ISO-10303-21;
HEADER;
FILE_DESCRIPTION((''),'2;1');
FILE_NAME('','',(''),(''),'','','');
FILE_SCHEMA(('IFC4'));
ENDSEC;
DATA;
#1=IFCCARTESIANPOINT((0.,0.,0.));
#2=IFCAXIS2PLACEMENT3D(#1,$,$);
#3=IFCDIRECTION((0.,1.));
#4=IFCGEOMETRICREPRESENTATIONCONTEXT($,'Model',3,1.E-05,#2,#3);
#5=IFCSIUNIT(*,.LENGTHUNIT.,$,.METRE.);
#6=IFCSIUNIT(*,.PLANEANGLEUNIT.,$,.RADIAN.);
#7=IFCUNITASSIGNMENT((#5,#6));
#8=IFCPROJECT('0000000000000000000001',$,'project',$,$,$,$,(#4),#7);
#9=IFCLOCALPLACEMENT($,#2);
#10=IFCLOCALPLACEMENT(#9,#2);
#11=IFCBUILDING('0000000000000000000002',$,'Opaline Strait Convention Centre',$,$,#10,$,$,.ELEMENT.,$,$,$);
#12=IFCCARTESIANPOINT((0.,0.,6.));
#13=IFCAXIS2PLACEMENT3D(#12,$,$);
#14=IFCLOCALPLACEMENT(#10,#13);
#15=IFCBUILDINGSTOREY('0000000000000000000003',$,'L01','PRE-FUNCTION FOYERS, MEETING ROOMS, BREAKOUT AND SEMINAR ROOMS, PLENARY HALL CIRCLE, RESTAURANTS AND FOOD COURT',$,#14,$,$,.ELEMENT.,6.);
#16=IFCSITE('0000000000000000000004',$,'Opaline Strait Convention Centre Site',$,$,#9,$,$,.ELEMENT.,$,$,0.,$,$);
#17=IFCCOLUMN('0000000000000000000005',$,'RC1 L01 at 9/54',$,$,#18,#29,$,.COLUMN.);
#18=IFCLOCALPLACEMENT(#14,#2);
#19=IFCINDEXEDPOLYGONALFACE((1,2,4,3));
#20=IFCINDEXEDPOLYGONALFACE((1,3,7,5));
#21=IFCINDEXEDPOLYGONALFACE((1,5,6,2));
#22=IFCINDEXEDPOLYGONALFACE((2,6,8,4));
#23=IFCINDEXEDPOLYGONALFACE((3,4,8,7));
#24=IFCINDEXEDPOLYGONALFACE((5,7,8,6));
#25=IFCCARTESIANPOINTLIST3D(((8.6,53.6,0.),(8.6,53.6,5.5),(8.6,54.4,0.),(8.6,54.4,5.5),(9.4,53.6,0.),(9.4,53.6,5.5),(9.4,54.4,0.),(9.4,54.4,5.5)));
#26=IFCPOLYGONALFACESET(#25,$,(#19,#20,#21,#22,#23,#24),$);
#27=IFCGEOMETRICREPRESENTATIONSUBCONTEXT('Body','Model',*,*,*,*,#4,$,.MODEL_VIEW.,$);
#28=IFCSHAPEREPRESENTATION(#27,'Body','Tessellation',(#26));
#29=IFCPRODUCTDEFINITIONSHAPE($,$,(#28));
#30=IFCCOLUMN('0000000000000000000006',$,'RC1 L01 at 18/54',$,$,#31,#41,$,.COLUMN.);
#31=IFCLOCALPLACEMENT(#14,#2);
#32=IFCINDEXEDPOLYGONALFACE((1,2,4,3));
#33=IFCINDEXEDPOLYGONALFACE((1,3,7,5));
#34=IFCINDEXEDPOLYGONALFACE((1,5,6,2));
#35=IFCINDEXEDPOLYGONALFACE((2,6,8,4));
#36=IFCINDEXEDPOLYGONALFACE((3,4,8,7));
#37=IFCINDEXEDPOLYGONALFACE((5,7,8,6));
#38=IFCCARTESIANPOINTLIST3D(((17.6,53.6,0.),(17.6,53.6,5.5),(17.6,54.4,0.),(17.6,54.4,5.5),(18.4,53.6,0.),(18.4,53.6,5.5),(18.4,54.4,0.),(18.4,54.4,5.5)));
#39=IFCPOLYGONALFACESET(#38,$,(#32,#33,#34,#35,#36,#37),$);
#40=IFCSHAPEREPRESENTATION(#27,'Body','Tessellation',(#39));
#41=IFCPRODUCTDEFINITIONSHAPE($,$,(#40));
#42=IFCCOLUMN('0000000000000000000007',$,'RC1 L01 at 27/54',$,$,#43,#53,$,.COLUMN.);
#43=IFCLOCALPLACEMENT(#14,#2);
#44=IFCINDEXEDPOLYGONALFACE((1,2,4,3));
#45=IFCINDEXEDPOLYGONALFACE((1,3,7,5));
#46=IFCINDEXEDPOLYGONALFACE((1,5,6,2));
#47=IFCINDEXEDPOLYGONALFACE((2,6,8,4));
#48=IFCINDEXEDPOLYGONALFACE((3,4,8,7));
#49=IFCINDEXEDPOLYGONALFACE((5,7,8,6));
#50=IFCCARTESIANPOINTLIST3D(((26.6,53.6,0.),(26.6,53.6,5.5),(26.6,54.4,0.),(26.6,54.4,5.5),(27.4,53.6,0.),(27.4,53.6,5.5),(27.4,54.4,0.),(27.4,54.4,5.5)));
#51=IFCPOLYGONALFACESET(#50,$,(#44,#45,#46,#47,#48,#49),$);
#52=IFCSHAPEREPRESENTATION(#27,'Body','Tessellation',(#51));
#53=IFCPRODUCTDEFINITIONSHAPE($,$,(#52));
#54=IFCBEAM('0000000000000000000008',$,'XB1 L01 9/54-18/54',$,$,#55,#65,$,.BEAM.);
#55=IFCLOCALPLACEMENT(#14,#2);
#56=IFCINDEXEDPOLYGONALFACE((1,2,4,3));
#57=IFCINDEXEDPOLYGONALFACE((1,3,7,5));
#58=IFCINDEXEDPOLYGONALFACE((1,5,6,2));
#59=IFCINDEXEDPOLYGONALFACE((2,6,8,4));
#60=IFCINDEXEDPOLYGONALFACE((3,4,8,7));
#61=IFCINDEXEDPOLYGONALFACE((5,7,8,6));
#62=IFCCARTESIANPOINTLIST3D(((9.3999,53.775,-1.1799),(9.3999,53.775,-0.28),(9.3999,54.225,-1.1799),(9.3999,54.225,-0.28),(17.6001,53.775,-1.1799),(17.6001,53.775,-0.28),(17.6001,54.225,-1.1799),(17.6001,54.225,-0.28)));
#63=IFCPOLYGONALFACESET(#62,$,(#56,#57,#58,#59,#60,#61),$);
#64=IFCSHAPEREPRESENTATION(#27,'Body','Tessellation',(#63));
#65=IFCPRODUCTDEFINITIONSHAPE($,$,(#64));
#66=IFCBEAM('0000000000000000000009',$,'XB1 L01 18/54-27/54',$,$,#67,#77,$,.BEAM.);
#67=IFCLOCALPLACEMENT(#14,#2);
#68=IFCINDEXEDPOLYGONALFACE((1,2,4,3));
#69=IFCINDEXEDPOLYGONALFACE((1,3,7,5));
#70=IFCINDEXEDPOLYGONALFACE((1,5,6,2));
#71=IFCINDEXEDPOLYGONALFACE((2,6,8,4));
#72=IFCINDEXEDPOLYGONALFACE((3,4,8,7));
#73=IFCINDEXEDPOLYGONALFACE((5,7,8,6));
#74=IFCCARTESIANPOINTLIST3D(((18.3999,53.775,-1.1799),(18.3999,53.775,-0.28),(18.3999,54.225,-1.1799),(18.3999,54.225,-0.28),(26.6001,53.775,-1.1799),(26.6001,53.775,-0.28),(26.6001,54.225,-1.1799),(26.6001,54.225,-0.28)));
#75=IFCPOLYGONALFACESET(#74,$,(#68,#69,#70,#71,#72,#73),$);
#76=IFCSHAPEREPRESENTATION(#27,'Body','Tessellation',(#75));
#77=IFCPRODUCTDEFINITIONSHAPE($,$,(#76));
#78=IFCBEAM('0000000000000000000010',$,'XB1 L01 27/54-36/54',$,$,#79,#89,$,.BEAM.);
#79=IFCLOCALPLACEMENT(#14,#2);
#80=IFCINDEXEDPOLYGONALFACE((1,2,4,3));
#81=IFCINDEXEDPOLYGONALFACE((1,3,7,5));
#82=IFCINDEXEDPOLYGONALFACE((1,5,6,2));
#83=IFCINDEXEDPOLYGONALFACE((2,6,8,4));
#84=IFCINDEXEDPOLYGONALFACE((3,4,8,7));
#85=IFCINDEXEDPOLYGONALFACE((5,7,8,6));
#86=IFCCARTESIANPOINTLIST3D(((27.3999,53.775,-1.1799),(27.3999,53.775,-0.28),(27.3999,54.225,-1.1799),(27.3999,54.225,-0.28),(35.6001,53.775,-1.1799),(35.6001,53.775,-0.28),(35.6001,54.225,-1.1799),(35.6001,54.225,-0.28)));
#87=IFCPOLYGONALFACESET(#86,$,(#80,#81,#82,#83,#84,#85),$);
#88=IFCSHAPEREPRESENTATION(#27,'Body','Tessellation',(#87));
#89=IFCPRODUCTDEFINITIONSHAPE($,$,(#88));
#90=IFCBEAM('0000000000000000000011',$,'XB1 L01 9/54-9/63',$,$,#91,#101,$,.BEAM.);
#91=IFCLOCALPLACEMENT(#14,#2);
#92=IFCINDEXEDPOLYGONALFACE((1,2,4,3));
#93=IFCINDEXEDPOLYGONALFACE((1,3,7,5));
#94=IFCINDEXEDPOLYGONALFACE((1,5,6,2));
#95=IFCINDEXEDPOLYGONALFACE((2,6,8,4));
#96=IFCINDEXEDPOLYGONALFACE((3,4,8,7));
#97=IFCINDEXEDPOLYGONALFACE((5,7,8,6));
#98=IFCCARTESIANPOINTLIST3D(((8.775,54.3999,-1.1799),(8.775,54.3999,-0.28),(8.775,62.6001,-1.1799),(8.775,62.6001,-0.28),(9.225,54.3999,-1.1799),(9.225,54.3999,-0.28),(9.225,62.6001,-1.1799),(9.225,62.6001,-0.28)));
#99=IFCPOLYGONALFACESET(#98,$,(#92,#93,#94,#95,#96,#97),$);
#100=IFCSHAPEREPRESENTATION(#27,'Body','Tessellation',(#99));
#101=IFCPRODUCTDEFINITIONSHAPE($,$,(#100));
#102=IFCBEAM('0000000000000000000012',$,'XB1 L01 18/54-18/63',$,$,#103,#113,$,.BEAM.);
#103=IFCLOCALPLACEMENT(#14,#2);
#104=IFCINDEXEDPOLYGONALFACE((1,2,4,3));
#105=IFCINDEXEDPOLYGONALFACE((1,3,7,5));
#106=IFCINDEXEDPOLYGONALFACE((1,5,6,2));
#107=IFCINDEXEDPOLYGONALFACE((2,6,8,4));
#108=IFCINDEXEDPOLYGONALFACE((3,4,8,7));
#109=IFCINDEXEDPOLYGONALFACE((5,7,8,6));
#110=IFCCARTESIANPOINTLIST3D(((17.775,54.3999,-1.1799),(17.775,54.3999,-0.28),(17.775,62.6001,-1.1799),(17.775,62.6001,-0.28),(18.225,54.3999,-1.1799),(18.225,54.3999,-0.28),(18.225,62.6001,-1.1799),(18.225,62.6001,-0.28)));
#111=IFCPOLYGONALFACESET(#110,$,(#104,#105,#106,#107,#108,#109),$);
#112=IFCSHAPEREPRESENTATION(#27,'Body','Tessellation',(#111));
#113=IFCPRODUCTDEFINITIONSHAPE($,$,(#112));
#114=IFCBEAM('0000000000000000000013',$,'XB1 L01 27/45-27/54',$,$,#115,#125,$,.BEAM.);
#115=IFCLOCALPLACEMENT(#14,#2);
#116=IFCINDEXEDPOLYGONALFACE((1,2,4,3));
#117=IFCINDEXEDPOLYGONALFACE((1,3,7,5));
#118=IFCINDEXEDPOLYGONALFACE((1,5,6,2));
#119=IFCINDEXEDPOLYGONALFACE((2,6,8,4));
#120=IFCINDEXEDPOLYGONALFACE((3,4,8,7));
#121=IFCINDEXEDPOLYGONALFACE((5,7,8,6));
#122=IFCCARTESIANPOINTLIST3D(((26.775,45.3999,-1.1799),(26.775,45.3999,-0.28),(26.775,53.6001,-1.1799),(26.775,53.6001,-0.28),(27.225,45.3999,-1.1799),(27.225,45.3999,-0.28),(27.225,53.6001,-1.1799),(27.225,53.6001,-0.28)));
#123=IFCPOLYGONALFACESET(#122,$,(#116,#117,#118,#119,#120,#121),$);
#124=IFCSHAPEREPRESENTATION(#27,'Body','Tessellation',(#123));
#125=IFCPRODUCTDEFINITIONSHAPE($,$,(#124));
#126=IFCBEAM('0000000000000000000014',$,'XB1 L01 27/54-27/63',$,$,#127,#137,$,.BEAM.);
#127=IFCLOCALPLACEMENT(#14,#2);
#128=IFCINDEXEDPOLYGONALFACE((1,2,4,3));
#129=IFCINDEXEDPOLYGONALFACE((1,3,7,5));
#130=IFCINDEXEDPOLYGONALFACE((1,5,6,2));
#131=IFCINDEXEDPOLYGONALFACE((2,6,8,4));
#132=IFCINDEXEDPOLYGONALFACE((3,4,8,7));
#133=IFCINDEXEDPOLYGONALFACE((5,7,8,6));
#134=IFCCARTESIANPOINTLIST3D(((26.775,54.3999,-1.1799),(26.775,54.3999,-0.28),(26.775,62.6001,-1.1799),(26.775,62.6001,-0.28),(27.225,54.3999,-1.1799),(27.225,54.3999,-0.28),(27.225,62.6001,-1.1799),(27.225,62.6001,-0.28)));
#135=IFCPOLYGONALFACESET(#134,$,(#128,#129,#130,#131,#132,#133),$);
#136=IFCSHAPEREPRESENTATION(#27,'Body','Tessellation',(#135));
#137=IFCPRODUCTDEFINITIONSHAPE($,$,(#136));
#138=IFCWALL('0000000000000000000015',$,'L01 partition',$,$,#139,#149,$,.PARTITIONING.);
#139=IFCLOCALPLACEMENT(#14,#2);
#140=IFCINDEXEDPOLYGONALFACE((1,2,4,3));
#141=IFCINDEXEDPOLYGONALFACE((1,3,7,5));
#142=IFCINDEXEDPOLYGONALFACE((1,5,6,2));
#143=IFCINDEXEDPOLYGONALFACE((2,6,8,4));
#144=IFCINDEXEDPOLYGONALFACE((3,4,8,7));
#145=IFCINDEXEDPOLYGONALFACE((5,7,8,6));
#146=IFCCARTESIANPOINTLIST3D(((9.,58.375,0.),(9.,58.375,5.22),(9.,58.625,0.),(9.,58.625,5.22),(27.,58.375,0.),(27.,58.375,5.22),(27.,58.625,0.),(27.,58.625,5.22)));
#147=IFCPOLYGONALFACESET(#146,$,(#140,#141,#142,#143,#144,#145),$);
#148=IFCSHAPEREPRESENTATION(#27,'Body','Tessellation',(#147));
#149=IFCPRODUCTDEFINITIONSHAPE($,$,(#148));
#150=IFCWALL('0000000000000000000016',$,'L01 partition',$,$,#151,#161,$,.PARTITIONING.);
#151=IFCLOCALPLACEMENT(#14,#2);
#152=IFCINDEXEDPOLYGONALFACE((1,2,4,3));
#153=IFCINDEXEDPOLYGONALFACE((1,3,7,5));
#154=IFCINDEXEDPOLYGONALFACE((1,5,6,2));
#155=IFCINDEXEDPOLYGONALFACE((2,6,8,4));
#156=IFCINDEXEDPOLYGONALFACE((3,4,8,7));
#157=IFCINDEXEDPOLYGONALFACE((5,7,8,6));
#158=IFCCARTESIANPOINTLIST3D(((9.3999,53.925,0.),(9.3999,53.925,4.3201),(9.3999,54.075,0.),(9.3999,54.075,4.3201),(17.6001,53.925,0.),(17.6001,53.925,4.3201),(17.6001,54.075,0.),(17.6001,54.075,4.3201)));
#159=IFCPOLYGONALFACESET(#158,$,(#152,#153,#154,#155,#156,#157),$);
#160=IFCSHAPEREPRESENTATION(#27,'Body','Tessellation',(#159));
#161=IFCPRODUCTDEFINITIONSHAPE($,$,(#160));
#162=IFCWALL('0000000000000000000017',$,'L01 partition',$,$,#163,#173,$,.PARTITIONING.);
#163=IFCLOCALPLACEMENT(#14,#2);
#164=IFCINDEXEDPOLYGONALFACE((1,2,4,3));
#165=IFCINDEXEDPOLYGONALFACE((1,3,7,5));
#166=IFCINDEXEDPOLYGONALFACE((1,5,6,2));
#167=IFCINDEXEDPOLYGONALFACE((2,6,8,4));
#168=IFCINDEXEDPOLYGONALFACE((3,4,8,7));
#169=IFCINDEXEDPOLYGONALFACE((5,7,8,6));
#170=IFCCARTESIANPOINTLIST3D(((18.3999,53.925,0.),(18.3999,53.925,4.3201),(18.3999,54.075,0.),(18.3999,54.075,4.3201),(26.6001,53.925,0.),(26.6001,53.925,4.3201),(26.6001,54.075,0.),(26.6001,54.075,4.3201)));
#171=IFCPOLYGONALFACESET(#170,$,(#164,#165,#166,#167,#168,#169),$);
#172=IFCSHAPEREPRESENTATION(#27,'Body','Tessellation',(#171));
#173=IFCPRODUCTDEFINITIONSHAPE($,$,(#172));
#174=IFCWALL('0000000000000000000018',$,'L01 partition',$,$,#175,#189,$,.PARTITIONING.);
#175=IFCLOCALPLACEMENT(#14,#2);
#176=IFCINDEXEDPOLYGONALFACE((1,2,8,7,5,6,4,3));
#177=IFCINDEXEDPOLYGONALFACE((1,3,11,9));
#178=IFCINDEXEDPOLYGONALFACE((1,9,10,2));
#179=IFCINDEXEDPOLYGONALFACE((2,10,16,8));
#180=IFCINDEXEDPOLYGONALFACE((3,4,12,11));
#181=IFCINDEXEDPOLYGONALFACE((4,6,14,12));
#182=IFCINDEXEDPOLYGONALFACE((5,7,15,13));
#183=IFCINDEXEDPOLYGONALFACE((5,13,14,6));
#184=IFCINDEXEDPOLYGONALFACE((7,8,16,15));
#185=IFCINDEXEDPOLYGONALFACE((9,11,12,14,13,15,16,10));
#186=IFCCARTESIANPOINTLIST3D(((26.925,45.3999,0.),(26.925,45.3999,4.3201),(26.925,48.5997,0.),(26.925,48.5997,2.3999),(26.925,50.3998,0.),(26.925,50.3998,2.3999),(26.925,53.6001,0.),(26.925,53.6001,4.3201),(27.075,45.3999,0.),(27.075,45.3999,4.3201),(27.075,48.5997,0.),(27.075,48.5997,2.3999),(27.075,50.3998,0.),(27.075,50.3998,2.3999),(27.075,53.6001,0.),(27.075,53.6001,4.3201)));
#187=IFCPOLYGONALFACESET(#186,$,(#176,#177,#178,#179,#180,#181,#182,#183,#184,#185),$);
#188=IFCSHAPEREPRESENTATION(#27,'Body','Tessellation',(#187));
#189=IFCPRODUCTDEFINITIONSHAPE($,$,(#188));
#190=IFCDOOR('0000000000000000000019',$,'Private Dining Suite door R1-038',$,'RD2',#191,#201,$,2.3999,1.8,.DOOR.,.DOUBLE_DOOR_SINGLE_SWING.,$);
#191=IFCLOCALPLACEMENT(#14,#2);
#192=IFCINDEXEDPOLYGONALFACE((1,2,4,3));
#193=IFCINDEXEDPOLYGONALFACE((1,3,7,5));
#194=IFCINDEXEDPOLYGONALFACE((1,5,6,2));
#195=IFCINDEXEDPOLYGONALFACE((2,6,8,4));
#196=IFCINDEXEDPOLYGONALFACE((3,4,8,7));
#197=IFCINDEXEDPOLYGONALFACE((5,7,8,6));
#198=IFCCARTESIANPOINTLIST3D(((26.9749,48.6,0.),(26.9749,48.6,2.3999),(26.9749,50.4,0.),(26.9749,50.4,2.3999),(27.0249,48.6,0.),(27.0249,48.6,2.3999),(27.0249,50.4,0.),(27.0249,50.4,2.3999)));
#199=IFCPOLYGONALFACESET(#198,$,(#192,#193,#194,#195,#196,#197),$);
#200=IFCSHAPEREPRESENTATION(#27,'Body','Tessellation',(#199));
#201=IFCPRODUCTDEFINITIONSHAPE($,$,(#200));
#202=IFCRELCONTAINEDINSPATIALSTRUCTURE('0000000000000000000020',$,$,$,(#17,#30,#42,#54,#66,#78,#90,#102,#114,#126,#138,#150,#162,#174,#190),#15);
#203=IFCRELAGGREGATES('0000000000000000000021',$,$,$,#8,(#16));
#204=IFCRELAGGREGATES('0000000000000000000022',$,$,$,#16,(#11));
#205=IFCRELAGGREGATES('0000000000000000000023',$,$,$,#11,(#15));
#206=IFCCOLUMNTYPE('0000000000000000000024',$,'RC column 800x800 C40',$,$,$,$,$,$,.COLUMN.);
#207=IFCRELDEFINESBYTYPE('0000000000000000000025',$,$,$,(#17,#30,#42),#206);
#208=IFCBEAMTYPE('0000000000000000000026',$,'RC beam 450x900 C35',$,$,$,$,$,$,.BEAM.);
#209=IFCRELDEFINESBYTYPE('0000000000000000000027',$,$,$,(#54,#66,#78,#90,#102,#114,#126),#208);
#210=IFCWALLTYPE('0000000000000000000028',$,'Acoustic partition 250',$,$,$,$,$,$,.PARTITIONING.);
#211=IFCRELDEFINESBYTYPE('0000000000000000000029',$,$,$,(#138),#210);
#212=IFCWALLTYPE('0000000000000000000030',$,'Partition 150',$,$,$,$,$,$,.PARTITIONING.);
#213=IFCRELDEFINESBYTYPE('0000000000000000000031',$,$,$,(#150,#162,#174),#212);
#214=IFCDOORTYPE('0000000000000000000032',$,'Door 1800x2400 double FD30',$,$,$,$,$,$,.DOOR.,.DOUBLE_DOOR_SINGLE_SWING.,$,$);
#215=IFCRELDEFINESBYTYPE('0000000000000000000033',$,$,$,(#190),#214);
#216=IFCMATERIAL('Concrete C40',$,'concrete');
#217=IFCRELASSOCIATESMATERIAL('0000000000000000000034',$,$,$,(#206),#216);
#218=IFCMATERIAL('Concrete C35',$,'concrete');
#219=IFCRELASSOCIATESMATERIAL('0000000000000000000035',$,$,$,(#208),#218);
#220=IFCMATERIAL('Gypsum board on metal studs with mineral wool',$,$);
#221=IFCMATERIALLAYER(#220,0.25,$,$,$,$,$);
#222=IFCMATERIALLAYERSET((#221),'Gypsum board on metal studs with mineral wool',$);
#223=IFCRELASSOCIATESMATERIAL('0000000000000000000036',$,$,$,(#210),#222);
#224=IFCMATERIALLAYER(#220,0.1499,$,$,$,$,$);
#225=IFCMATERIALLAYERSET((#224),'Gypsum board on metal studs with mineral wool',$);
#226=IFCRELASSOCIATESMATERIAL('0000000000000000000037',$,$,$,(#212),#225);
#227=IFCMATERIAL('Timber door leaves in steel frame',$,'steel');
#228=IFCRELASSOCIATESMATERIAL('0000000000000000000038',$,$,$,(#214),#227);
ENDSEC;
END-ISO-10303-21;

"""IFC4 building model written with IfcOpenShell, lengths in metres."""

from ifc_helpers import new_model, si_unit, direction, frame, frame_2d, origin, origin_2d, place, context, subcontext, project, spatial, rectangle, extrude, material, layer, layer_set, material_profile, profile_set, type_object, element, fill, save


model = new_model("IFC4")

# Units and contexts
model_context = context("Model", 3, precision=1e-05, world=origin(), true_north=direction((0.0, 1.0)))
body_context = subcontext(model_context, "Body", "Model", "MODEL_VIEW")
ifc_project = project(units=[si_unit("LENGTHUNIT", "METRE"), si_unit("PLANEANGLEUNIT", "RADIAN")], contexts=[model_context])

# Site, building, storey
site_placement = place(None, origin())
site = spatial("IfcSite", under=ifc_project, at=site_placement, Name="Opaline Strait Convention Centre Site", CompositionType="ELEMENT", RefElevation=0.0)
building_placement = place(site_placement, origin())
building = spatial("IfcBuilding", under=site, at=building_placement, Name="Opaline Strait Convention Centre", CompositionType="ELEMENT")
storey_placement = place(building_placement, frame((0.0, 0.0, 6.0)))
storey = spatial("IfcBuildingStorey", under=building, at=storey_placement, Name="L01", Description="PRE-FUNCTION FOYERS, MEETING ROOMS, BREAKOUT AND SEMINAR ROOMS, PLENARY HALL CIRCLE, RESTAURANTS AND FOOD COURT", CompositionType="ELEMENT", Elevation=6.0)

# Columns
ifc_material_1 = material(Name="Concrete C40", Category="concrete")
ifc_material_profile_1 = material_profile(ifc_material_1, rectangle(XDim=0.8, YDim=0.8, at=origin_2d()), Name="RC 800x800")
ifc_profile_set_1 = profile_set([ifc_material_profile_1], Name="Concrete C40")
column_type = type_object("IfcColumnType", Name="RC column 800x800 C40", PredefinedType="COLUMN", material=ifc_profile_set_1)
for number, where, z_axis, x_axis, name in (
    (1, (9.0, 54.0, 0.0), (0.0, 0.0, 1.0), (1.0, 0.0, 0.0), "RC1 L01 at 9/54"),
    (2, (18.0, 54.0, 0.0), (0.0, 0.0, 1.0), (1.0, 0.0, 0.0), "RC1 L01 at 18/54"),
    (3, (27.0, 54.0, 0.0), (0.0, 0.0, 1.0), (1.0, 0.0, 0.0), "RC1 L01 at 27/54"),
):
    element("IfcColumn", number, at=place(storey_placement, frame(where, z_axis=z_axis, x_axis=x_axis)), inside=storey, type_object=column_type, Name=name, PredefinedType="COLUMN", context=body_context, shape_type="SweptSolid", body=[
        extrude(rectangle(XDim=0.8, YDim=0.8, at=origin_2d()), origin(), (0.0, 0.0, 1.0), 5.5),
    ])

# Beams
ifc_material_2 = material(Name="Concrete C35", Category="concrete")
ifc_material_profile_2 = material_profile(ifc_material_2, rectangle(XDim=0.45, YDim=0.8999, at=origin_2d()), Name="RC 450x900")
ifc_profile_set_2 = profile_set([ifc_material_profile_2], Name="Concrete C35")
beam_type = type_object("IfcBeamType", Name="RC beam 450x900 C35", PredefinedType="BEAM", material=ifc_profile_set_2)
for number, where, z_axis, x_axis, name in (
    (4, (9.3999, 54.0, -0.73), (1.0, 0.0, 0.0), (0.0, 1.0, 0.0), "XB1 L01 9/54-18/54"),
    (5, (18.3999, 54.0, -0.73), (1.0, 0.0, 0.0), (0.0, 1.0, 0.0), "XB1 L01 18/54-27/54"),
    (6, (27.3999, 54.0, -0.73), (1.0, 0.0, 0.0), (0.0, 1.0, 0.0), "XB1 L01 27/54-36/54"),
    (7, (9.0, 54.3999, -0.73), (0.0, 1.0, 0.0), (-1.0, 0.0, 0.0), "XB1 L01 9/54-9/63"),
    (8, (18.0, 54.3999, -0.73), (0.0, 1.0, 0.0), (-1.0, 0.0, 0.0), "XB1 L01 18/54-18/63"),
    (9, (27.0, 45.3999, -0.73), (0.0, 1.0, 0.0), (-1.0, 0.0, 0.0), "XB1 L01 27/45-27/54"),
    (10, (27.0, 54.3999, -0.73), (0.0, 1.0, 0.0), (-1.0, 0.0, 0.0), "XB1 L01 27/54-27/63"),
):
    element("IfcBeam", number, at=place(storey_placement, frame(where, z_axis=z_axis, x_axis=x_axis)), inside=storey, type_object=beam_type, Name=name, PredefinedType="BEAM", context=body_context, shape_type="SweptSolid", body=[
        extrude(rectangle(XDim=0.45, YDim=0.8999, at=origin_2d()), origin(), (0.0, 0.0, 1.0), 8.2002),
    ])

# Walls
ifc_material_3 = material(Name="Gypsum board on metal studs with mineral wool")
ifc_layer_1 = layer(ifc_material_3, 0.25)
ifc_layer_set_1 = layer_set([ifc_layer_1], Name="Gypsum board on metal studs with mineral wool")
wall_type_1 = type_object("IfcWallType", Name="Acoustic partition 250", PredefinedType="PARTITIONING", material=ifc_layer_set_1)
wall_1_placement = place(storey_placement, frame((9.0, 58.5, 0.0), z_axis=(0.0, 0.0, 1.0), x_axis=(1.0, 0.0, 0.0)))
element("IfcWall", 11, at=wall_1_placement, inside=storey, type_object=wall_type_1, Name="L01 partition", PredefinedType="PARTITIONING", context=body_context, shape_type="SweptSolid", body=[
    extrude(rectangle(XDim=18.0, YDim=0.25, at=frame_2d((9.0, 0.0))), origin(), (0.0, 0.0, 1.0), 5.22),
])
ifc_layer_2 = layer(ifc_material_3, 0.1499)
ifc_layer_set_2 = layer_set([ifc_layer_2], Name="Gypsum board on metal studs with mineral wool")
wall_type_2 = type_object("IfcWallType", Name="Partition 150", PredefinedType="PARTITIONING", material=ifc_layer_set_2)
for number, where, z_axis, x_axis, name in (
    (12, (9.3999, 54.0, 0.0), (0.0, 0.0, 1.0), (1.0, 0.0, 0.0), "L01 partition"),
    (13, (18.3999, 54.0, 0.0), (0.0, 0.0, 1.0), (1.0, 0.0, 0.0), "L01 partition"),
):
    element("IfcWall", number, at=place(storey_placement, frame(where, z_axis=z_axis, x_axis=x_axis)), inside=storey, type_object=wall_type_2, Name=name, PredefinedType="PARTITIONING", context=body_context, shape_type="SweptSolid", body=[
        extrude(rectangle(XDim=8.2002, YDim=0.1499, at=frame_2d((4.1001, 0.0))), origin(), (0.0, 0.0, 1.0), 4.3201),
    ])

# Wall, opening, door
wall_2_placement = place(storey_placement, frame((27.0, 45.3999, 0.0), z_axis=(0.0, 0.0, 1.0), x_axis=(0.0, 1.0, 0.0)))
wall_2 = element("IfcWall", 14, at=wall_2_placement, inside=storey, type_object=wall_type_2, Name="L01 partition", PredefinedType="PARTITIONING", context=body_context, shape_type="SweptSolid", body=[
    extrude(rectangle(XDim=8.2002, YDim=0.1499, at=frame_2d((4.1001, 0.0))), origin(), (0.0, 0.0, 1.0), 4.3201),
])
opening_1_placement = place(wall_2_placement, frame((3.2, 0.0, 0.0)))
opening_1 = element("IfcOpeningElement", 15, at=opening_1_placement, cuts=wall_2, PredefinedType="OPENING", context=body_context, shape_type="SweptSolid", body=[
    extrude(rectangle(XDim=1.8, YDim=2.3999, at=frame_2d((0.8999, 1.2))), frame((0.0, 0.085, 0.0), z_axis=(0.0, -1.0, 0.0), x_axis=(1.0, 0.0, 0.0)), (0.0, 0.0, 1.0), 0.1699),
])
ifc_material_4 = material(Name="Timber door leaves in steel frame", Category="steel")
door_type_1 = type_object("IfcDoorType", Name="Door 1800x2400 double FD30", OperationType="DOUBLE_DOOR_SINGLE_SWING", PredefinedType="DOOR", material=ifc_material_4)
door_1_placement = place(opening_1_placement, frame((1.8, 0.0, 0.0), z_axis=(0.0, 0.0, 1.0), x_axis=(-1.0, 0.0, 0.0)))
door_1 = element("IfcDoor", 16, at=door_1_placement, inside=storey, type_object=door_type_1, Name="Private Dining Suite door R1-038", ObjectType="RD2", OperationType="DOUBLE_DOOR_SINGLE_SWING", OverallHeight=2.3999, OverallWidth=1.8, PredefinedType="DOOR", context=body_context, shape_type="SweptSolid", body=[
    extrude(rectangle(XDim=1.8, YDim=2.3999, at=frame_2d((0.8999, 1.2))), frame((0.0, 0.0249, 0.0), z_axis=(0.0, -1.0, 0.0), x_axis=(1.0, 0.0, 0.0)), (0.0, 0.0, 1.0), 0.05),
])
fill(opening_1, door_1)

save(model, "model.ifc")
